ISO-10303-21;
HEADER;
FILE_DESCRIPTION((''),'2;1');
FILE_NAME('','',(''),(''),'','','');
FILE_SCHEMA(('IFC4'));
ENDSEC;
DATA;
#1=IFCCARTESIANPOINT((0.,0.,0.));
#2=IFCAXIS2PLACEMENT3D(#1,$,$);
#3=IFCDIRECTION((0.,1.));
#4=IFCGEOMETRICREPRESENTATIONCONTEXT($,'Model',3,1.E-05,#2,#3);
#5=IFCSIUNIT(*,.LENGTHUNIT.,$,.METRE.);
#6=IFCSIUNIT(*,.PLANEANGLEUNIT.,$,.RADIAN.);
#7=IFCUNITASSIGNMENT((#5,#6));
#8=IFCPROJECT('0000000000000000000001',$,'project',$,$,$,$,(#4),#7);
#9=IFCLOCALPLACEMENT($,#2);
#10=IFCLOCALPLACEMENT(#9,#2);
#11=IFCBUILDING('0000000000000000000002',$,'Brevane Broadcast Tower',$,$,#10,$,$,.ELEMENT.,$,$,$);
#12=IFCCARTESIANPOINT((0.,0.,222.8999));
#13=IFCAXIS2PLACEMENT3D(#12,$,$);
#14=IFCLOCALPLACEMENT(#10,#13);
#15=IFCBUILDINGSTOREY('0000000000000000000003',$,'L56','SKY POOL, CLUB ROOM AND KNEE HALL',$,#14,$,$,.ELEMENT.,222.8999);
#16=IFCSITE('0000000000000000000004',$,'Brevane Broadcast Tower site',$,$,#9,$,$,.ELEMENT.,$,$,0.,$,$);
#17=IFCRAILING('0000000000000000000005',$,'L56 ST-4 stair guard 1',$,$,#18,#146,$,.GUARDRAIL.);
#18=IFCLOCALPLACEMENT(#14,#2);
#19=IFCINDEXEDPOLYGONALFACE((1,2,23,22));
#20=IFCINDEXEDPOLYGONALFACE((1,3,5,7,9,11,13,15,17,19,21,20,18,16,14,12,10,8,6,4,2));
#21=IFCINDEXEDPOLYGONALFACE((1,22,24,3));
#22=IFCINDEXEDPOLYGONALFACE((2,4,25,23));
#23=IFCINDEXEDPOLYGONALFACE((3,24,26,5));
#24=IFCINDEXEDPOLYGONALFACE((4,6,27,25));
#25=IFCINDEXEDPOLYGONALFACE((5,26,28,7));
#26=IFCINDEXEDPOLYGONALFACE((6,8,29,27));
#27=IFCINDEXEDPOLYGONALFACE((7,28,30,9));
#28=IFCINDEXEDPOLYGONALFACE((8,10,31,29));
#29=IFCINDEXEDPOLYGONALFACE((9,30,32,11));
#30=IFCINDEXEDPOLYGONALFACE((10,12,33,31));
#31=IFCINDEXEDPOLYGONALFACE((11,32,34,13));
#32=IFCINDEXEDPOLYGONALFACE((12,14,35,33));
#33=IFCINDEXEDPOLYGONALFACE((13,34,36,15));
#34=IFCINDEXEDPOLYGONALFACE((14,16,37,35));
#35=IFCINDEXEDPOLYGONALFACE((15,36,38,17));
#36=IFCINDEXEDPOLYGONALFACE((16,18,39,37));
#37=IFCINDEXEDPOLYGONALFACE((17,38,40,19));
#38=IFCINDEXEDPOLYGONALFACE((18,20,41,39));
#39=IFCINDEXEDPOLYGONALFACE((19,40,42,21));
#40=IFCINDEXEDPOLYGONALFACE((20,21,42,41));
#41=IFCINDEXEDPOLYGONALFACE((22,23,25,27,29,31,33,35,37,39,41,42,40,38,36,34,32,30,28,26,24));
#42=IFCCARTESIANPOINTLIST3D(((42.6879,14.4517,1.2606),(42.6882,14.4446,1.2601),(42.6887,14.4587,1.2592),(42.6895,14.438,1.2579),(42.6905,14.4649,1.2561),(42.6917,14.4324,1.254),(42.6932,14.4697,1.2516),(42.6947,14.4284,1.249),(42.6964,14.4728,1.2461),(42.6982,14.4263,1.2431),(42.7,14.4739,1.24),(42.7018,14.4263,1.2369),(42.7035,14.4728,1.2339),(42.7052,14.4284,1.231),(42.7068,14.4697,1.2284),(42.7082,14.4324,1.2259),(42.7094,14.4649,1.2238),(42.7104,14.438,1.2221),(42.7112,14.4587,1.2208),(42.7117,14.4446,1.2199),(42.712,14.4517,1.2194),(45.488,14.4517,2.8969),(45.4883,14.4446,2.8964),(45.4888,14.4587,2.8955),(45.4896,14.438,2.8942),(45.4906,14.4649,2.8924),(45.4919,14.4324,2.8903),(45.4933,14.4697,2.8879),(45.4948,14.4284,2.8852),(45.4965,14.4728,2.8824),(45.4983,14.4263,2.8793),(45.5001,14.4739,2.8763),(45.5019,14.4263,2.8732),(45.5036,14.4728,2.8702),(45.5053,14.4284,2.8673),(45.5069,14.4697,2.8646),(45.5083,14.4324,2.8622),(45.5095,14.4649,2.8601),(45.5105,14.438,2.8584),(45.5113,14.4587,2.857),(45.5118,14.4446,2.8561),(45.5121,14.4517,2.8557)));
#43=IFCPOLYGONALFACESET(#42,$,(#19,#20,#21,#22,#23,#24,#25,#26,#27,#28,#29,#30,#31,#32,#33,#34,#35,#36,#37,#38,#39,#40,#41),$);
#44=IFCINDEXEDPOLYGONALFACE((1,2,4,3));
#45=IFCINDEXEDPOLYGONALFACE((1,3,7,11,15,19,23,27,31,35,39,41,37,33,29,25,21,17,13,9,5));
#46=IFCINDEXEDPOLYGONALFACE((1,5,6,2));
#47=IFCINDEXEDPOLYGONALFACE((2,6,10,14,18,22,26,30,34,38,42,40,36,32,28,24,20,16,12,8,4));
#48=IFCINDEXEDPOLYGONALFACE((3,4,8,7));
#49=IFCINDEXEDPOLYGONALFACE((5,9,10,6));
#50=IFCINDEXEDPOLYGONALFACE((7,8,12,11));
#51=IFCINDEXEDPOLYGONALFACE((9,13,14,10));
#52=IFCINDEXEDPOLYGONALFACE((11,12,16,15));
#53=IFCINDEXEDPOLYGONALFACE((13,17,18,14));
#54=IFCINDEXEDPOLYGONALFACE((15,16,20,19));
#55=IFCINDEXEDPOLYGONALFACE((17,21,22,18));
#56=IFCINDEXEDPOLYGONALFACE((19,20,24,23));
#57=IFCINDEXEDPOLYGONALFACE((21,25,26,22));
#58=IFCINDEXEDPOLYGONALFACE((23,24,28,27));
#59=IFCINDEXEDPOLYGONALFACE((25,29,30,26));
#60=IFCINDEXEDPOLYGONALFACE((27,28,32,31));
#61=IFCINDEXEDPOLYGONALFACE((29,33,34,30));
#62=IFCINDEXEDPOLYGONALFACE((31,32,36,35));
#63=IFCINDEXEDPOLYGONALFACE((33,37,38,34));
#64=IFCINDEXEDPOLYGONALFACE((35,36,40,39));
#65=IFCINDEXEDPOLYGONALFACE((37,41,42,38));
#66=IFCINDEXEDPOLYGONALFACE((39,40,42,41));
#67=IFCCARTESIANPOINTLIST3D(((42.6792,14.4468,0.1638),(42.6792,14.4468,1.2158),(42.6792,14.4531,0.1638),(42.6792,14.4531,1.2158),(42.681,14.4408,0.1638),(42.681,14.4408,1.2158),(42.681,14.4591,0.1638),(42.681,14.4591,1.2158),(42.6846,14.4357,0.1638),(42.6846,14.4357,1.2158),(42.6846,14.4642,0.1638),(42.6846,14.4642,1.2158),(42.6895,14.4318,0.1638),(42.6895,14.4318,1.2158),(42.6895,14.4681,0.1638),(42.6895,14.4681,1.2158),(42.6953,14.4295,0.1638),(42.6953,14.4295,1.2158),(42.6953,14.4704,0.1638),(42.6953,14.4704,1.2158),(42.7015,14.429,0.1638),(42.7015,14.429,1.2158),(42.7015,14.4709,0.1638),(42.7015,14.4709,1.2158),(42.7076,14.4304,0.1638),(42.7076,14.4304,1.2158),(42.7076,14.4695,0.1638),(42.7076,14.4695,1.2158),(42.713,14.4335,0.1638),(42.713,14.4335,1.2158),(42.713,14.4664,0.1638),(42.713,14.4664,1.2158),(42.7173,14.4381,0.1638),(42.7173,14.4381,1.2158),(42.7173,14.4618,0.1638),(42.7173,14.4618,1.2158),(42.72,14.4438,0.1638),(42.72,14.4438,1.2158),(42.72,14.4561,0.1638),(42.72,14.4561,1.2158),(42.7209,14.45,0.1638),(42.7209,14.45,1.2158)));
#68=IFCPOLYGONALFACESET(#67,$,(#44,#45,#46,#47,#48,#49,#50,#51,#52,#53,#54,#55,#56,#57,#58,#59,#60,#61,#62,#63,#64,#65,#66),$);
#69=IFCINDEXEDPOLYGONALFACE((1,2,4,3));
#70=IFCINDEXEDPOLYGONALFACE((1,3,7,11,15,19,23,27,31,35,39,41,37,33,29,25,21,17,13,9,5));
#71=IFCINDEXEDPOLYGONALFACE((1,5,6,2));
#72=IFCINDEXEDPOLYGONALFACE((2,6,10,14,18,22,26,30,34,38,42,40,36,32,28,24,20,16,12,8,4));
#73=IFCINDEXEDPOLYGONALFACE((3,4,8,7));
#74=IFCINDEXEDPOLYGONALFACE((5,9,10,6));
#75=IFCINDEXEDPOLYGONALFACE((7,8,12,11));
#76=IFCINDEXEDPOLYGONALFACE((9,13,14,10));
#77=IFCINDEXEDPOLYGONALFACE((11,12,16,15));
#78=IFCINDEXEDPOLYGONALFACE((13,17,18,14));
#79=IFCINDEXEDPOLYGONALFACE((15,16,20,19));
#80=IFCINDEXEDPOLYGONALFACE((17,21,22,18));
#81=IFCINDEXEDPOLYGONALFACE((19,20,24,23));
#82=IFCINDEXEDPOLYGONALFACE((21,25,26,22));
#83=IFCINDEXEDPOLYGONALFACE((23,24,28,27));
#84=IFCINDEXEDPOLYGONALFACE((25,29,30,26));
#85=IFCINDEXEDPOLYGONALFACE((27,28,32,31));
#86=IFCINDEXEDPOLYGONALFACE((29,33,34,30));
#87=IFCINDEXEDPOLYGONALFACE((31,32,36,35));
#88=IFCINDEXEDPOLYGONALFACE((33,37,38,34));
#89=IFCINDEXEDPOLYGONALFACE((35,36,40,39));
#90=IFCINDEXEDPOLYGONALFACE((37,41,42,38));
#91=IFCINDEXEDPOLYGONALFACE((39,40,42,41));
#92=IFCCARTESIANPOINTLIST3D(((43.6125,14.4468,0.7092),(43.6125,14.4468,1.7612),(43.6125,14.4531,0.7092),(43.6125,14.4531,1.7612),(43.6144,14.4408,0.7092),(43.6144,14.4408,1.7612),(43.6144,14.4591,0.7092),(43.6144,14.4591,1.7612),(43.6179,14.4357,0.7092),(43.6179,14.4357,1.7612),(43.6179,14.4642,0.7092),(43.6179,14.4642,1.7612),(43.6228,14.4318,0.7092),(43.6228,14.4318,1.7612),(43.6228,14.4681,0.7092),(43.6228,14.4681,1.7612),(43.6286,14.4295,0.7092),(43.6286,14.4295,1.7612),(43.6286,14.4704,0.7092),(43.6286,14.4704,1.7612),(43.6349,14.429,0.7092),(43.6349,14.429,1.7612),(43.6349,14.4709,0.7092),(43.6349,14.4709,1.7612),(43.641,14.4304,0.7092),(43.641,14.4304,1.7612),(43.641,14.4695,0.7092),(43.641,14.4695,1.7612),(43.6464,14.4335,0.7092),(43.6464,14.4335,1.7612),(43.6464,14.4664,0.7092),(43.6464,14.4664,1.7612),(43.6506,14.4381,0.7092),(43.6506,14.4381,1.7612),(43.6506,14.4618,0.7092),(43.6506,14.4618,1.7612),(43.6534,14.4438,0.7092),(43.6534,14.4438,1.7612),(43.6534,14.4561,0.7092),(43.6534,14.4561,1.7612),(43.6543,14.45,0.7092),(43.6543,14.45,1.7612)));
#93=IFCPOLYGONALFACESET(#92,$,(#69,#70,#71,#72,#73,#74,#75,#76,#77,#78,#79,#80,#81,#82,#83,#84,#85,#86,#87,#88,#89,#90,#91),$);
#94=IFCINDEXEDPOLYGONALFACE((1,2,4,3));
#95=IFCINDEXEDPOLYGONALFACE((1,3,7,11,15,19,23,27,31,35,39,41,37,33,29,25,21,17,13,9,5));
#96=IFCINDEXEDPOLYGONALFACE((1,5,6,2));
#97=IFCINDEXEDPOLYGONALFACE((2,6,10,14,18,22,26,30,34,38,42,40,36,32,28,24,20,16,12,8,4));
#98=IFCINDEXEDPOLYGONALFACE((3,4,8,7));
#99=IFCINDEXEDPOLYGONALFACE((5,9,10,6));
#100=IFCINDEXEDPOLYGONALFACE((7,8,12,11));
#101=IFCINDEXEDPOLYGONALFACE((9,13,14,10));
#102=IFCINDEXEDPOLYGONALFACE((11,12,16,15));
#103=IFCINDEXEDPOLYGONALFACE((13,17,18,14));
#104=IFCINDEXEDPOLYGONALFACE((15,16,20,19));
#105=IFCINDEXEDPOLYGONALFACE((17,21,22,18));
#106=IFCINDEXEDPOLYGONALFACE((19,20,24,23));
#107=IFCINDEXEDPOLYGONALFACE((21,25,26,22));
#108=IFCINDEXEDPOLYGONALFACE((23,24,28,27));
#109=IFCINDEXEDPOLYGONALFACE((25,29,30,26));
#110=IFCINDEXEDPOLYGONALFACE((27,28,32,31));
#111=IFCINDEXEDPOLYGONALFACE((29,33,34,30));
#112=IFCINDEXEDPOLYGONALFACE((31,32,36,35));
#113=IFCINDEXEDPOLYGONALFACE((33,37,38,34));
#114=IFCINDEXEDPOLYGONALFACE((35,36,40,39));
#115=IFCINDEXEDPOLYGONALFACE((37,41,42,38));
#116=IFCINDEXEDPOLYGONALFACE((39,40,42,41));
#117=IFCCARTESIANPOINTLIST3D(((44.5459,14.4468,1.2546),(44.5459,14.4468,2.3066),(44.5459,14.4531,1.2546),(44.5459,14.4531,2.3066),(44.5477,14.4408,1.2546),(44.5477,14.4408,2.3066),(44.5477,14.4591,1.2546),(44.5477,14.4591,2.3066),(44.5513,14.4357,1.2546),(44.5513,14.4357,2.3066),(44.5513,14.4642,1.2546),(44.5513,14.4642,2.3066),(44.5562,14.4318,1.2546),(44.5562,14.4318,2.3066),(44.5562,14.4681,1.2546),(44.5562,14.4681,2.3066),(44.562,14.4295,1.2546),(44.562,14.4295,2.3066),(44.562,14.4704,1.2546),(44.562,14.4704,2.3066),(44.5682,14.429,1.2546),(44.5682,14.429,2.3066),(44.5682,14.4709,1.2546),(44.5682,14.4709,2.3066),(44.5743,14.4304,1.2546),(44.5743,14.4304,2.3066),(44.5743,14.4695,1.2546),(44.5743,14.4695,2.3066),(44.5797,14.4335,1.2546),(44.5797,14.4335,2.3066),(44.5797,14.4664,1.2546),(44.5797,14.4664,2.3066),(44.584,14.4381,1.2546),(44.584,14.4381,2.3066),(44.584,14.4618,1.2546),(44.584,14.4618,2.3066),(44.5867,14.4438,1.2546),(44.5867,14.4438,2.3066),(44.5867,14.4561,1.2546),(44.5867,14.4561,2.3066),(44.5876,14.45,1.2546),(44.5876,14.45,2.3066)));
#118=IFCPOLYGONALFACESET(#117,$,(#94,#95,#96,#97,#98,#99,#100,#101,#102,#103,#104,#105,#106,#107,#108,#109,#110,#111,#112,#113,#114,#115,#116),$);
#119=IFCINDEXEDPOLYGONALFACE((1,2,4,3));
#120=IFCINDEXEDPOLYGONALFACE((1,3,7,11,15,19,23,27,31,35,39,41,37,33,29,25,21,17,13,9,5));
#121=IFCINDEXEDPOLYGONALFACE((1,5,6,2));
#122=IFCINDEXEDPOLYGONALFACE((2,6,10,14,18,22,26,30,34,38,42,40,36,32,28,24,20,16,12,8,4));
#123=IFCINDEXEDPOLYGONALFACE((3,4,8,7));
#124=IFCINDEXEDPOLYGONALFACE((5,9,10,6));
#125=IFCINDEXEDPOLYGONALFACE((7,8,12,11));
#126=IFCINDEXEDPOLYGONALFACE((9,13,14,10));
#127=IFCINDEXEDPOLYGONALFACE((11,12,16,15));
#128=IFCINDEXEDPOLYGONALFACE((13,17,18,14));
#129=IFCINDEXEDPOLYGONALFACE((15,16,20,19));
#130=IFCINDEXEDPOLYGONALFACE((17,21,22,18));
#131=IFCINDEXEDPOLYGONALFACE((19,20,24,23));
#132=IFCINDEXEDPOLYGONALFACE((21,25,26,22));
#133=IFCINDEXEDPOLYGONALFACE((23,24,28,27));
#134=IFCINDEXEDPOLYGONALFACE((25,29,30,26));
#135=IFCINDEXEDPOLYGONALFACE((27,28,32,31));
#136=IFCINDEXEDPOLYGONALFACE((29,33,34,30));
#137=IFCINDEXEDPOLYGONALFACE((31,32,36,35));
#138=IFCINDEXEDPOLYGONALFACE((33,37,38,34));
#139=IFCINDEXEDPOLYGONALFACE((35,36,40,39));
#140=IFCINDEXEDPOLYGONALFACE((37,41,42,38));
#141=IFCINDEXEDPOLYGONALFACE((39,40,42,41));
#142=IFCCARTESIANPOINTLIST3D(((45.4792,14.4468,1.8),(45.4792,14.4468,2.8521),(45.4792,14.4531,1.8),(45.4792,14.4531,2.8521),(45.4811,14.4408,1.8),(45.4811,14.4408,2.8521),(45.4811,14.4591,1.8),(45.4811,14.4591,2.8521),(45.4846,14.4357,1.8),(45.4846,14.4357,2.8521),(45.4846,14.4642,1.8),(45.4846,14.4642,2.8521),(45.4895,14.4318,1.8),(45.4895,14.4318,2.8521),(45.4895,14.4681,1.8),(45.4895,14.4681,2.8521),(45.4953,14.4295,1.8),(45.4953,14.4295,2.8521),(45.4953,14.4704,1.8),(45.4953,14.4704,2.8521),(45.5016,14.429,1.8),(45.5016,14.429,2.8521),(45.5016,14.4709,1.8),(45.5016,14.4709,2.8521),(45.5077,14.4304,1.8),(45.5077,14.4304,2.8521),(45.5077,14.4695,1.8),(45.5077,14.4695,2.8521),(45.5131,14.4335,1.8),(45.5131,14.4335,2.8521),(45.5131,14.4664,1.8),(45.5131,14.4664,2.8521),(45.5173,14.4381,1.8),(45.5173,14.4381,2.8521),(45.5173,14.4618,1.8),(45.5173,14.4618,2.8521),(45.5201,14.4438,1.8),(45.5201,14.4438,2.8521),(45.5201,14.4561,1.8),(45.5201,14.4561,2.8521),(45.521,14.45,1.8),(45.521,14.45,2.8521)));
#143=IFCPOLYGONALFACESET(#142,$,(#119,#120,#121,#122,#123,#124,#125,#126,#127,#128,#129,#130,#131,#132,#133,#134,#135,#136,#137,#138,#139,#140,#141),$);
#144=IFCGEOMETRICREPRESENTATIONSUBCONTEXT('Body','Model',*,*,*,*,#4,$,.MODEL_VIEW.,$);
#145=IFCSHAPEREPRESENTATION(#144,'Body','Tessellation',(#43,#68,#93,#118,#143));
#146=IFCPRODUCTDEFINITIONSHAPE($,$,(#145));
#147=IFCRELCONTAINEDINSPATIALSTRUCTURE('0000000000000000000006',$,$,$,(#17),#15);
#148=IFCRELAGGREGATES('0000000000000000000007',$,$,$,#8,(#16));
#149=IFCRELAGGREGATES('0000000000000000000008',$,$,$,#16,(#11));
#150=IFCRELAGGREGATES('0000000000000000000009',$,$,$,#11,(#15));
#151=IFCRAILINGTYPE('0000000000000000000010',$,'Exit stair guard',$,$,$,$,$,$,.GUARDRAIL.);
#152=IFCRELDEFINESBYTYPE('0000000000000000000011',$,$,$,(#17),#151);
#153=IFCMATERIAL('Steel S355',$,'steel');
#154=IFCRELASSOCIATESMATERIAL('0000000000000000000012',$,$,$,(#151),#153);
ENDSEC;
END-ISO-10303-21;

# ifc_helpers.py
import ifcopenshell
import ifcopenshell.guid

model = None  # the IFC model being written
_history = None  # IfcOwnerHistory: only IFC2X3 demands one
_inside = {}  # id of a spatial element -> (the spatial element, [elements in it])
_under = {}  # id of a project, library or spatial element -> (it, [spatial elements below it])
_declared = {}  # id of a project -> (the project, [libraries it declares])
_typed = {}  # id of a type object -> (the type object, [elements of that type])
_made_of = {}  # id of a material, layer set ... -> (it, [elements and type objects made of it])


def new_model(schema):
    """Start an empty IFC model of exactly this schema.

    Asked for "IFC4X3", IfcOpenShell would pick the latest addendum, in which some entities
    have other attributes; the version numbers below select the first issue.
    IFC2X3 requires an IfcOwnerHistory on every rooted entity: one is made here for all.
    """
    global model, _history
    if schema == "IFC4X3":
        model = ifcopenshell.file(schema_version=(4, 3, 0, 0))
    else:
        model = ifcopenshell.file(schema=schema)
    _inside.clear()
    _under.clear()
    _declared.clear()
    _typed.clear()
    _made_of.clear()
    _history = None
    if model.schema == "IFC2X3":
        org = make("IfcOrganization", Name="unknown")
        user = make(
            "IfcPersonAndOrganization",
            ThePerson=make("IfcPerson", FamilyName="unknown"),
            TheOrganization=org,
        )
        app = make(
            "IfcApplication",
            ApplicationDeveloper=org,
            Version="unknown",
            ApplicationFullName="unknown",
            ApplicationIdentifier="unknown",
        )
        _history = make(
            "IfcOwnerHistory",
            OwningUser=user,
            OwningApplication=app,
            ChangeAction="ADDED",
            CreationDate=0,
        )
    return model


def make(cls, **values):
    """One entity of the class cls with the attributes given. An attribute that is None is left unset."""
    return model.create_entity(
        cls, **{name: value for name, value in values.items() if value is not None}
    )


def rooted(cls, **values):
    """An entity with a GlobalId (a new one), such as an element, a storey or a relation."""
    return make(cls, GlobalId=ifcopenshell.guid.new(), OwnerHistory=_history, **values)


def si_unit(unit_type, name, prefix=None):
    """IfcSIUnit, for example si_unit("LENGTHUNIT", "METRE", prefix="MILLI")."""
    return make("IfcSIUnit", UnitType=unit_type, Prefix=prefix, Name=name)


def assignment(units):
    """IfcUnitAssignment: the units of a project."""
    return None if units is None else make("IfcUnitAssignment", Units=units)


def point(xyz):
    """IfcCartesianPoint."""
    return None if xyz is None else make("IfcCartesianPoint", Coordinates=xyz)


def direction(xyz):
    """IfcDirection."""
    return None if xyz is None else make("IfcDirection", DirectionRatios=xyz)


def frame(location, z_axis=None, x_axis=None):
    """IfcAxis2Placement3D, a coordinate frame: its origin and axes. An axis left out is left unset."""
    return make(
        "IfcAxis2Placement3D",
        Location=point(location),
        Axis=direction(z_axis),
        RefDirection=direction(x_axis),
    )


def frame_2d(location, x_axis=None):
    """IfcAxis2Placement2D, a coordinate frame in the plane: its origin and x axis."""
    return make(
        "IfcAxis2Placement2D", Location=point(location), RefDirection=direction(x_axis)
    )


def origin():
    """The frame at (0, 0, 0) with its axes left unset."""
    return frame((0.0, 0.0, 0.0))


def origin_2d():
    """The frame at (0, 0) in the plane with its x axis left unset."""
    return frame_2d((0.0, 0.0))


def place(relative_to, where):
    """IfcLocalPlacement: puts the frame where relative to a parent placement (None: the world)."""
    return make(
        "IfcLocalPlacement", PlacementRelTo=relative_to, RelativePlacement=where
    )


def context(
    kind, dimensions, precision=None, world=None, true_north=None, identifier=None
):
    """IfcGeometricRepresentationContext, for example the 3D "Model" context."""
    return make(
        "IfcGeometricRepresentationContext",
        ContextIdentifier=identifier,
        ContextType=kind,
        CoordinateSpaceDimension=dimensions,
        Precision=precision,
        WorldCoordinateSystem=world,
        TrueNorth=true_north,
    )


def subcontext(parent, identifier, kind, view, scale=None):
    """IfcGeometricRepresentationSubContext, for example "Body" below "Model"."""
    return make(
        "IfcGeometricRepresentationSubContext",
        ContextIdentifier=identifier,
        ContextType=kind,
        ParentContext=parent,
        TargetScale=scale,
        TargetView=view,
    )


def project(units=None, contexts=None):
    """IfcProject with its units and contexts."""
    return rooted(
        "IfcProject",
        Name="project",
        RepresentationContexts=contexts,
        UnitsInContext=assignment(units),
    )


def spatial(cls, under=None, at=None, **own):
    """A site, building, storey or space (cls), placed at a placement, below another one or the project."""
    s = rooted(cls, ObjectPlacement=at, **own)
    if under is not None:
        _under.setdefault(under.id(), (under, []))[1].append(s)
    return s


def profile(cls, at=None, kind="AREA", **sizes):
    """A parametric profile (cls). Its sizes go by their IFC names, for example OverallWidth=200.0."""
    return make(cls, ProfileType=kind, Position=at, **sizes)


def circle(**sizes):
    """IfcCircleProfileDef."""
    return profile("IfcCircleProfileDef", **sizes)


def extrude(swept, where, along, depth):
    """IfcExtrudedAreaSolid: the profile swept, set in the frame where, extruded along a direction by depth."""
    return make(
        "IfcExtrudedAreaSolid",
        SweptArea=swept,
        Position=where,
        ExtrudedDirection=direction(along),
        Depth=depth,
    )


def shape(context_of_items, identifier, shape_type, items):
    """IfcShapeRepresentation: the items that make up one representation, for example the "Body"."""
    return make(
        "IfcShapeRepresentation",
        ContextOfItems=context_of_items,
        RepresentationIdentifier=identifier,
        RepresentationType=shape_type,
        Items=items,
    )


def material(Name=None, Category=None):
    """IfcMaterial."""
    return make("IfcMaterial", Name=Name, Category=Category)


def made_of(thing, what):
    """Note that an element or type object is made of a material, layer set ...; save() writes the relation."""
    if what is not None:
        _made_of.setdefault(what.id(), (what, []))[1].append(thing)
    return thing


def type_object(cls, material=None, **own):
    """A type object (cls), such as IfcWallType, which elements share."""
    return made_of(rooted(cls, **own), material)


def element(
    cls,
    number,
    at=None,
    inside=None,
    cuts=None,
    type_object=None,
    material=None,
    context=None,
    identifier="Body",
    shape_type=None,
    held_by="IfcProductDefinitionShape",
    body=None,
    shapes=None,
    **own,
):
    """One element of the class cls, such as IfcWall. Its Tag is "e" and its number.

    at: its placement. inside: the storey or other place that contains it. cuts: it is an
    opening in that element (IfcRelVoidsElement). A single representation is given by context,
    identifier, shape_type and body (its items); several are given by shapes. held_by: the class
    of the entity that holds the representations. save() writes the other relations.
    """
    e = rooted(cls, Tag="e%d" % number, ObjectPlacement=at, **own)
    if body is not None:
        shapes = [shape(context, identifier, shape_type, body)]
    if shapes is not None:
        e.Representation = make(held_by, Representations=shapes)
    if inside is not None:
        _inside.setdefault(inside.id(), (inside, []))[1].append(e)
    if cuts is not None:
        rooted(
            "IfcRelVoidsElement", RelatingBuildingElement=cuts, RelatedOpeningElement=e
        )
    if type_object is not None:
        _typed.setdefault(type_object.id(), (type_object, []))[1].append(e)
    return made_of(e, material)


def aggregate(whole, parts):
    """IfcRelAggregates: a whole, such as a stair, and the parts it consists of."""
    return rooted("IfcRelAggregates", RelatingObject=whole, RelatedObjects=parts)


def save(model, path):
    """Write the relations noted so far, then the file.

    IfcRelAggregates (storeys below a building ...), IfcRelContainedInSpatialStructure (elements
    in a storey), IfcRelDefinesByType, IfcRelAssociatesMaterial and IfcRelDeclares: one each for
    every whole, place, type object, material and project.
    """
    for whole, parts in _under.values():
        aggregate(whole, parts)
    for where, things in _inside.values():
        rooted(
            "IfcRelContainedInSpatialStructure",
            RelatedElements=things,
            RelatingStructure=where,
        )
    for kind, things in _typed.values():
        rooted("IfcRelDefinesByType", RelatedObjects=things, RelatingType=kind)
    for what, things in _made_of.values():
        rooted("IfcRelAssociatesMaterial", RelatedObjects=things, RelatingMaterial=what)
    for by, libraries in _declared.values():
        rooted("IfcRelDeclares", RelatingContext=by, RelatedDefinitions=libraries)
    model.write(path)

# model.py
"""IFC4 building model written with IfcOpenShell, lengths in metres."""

from ifc_helpers import new_model, si_unit, direction, frame, origin, origin_2d, place, context, subcontext, project, spatial, circle, extrude, material, type_object, element, save


model = new_model("IFC4")

# Units and contexts
model_context = context("Model", 3, precision=1e-05, world=origin(), true_north=direction((0.0, 1.0)))
body_context = subcontext(model_context, "Body", "Model", "MODEL_VIEW")
ifc_project = project(units=[si_unit("LENGTHUNIT", "METRE"), si_unit("PLANEANGLEUNIT", "RADIAN")], contexts=[model_context])

# Site, building, storey
site_placement = place(None, origin())
site = spatial("IfcSite", under=ifc_project, at=site_placement, Name="Brevane Broadcast Tower site", CompositionType="ELEMENT", RefElevation=0.0)
building_placement = place(site_placement, origin())
building = spatial("IfcBuilding", under=site, at=building_placement, Name="Brevane Broadcast Tower", CompositionType="ELEMENT")
storey_placement = place(building_placement, frame((0.0, 0.0, 222.8999)))
storey = spatial("IfcBuildingStorey", under=building, at=storey_placement, Name="L56", Description="SKY POOL, CLUB ROOM AND KNEE HALL", CompositionType="ELEMENT", Elevation=222.8999)

# Railing
ifc_material_1 = material(Name="Steel S355", Category="steel")
railing_type_1 = type_object("IfcRailingType", Name="Exit stair guard", PredefinedType="GUARDRAIL", material=ifc_material_1)
railing_1_placement = place(storey_placement, frame((42.7, 14.45, 0.1638)))
element("IfcRailing", 1, at=railing_1_placement, inside=storey, type_object=railing_type_1, Name="L56 ST-4 stair guard 1", PredefinedType="GUARDRAIL", context=body_context, shape_type="SweptSolid", body=[
    extrude(circle(Radius=0.0239, at=origin_2d()), frame((0.0, 0.0, 1.0762), z_axis=(0.863394, 0.0, 0.504531), x_axis=(0.0, 1.0, 0.0)), (0.0, 0.0, 1.0), 3.2432),
    extrude(circle(Radius=0.021, at=origin_2d()), origin(), (0.0, 0.0, 1.0), 1.052),
    extrude(circle(Radius=0.021, at=origin_2d()), frame((0.9333, 0.0, 0.5454)), (0.0, 0.0, 1.0), 1.052),
    extrude(circle(Radius=0.021, at=origin_2d()), frame((1.8667, 0.0, 1.0908)), (0.0, 0.0, 1.0), 1.052),
    extrude(circle(Radius=0.021, at=origin_2d()), frame((2.8, 0.0, 1.6362)), (0.0, 0.0, 1.0), 1.052),
])

save(model, "model.ifc")
